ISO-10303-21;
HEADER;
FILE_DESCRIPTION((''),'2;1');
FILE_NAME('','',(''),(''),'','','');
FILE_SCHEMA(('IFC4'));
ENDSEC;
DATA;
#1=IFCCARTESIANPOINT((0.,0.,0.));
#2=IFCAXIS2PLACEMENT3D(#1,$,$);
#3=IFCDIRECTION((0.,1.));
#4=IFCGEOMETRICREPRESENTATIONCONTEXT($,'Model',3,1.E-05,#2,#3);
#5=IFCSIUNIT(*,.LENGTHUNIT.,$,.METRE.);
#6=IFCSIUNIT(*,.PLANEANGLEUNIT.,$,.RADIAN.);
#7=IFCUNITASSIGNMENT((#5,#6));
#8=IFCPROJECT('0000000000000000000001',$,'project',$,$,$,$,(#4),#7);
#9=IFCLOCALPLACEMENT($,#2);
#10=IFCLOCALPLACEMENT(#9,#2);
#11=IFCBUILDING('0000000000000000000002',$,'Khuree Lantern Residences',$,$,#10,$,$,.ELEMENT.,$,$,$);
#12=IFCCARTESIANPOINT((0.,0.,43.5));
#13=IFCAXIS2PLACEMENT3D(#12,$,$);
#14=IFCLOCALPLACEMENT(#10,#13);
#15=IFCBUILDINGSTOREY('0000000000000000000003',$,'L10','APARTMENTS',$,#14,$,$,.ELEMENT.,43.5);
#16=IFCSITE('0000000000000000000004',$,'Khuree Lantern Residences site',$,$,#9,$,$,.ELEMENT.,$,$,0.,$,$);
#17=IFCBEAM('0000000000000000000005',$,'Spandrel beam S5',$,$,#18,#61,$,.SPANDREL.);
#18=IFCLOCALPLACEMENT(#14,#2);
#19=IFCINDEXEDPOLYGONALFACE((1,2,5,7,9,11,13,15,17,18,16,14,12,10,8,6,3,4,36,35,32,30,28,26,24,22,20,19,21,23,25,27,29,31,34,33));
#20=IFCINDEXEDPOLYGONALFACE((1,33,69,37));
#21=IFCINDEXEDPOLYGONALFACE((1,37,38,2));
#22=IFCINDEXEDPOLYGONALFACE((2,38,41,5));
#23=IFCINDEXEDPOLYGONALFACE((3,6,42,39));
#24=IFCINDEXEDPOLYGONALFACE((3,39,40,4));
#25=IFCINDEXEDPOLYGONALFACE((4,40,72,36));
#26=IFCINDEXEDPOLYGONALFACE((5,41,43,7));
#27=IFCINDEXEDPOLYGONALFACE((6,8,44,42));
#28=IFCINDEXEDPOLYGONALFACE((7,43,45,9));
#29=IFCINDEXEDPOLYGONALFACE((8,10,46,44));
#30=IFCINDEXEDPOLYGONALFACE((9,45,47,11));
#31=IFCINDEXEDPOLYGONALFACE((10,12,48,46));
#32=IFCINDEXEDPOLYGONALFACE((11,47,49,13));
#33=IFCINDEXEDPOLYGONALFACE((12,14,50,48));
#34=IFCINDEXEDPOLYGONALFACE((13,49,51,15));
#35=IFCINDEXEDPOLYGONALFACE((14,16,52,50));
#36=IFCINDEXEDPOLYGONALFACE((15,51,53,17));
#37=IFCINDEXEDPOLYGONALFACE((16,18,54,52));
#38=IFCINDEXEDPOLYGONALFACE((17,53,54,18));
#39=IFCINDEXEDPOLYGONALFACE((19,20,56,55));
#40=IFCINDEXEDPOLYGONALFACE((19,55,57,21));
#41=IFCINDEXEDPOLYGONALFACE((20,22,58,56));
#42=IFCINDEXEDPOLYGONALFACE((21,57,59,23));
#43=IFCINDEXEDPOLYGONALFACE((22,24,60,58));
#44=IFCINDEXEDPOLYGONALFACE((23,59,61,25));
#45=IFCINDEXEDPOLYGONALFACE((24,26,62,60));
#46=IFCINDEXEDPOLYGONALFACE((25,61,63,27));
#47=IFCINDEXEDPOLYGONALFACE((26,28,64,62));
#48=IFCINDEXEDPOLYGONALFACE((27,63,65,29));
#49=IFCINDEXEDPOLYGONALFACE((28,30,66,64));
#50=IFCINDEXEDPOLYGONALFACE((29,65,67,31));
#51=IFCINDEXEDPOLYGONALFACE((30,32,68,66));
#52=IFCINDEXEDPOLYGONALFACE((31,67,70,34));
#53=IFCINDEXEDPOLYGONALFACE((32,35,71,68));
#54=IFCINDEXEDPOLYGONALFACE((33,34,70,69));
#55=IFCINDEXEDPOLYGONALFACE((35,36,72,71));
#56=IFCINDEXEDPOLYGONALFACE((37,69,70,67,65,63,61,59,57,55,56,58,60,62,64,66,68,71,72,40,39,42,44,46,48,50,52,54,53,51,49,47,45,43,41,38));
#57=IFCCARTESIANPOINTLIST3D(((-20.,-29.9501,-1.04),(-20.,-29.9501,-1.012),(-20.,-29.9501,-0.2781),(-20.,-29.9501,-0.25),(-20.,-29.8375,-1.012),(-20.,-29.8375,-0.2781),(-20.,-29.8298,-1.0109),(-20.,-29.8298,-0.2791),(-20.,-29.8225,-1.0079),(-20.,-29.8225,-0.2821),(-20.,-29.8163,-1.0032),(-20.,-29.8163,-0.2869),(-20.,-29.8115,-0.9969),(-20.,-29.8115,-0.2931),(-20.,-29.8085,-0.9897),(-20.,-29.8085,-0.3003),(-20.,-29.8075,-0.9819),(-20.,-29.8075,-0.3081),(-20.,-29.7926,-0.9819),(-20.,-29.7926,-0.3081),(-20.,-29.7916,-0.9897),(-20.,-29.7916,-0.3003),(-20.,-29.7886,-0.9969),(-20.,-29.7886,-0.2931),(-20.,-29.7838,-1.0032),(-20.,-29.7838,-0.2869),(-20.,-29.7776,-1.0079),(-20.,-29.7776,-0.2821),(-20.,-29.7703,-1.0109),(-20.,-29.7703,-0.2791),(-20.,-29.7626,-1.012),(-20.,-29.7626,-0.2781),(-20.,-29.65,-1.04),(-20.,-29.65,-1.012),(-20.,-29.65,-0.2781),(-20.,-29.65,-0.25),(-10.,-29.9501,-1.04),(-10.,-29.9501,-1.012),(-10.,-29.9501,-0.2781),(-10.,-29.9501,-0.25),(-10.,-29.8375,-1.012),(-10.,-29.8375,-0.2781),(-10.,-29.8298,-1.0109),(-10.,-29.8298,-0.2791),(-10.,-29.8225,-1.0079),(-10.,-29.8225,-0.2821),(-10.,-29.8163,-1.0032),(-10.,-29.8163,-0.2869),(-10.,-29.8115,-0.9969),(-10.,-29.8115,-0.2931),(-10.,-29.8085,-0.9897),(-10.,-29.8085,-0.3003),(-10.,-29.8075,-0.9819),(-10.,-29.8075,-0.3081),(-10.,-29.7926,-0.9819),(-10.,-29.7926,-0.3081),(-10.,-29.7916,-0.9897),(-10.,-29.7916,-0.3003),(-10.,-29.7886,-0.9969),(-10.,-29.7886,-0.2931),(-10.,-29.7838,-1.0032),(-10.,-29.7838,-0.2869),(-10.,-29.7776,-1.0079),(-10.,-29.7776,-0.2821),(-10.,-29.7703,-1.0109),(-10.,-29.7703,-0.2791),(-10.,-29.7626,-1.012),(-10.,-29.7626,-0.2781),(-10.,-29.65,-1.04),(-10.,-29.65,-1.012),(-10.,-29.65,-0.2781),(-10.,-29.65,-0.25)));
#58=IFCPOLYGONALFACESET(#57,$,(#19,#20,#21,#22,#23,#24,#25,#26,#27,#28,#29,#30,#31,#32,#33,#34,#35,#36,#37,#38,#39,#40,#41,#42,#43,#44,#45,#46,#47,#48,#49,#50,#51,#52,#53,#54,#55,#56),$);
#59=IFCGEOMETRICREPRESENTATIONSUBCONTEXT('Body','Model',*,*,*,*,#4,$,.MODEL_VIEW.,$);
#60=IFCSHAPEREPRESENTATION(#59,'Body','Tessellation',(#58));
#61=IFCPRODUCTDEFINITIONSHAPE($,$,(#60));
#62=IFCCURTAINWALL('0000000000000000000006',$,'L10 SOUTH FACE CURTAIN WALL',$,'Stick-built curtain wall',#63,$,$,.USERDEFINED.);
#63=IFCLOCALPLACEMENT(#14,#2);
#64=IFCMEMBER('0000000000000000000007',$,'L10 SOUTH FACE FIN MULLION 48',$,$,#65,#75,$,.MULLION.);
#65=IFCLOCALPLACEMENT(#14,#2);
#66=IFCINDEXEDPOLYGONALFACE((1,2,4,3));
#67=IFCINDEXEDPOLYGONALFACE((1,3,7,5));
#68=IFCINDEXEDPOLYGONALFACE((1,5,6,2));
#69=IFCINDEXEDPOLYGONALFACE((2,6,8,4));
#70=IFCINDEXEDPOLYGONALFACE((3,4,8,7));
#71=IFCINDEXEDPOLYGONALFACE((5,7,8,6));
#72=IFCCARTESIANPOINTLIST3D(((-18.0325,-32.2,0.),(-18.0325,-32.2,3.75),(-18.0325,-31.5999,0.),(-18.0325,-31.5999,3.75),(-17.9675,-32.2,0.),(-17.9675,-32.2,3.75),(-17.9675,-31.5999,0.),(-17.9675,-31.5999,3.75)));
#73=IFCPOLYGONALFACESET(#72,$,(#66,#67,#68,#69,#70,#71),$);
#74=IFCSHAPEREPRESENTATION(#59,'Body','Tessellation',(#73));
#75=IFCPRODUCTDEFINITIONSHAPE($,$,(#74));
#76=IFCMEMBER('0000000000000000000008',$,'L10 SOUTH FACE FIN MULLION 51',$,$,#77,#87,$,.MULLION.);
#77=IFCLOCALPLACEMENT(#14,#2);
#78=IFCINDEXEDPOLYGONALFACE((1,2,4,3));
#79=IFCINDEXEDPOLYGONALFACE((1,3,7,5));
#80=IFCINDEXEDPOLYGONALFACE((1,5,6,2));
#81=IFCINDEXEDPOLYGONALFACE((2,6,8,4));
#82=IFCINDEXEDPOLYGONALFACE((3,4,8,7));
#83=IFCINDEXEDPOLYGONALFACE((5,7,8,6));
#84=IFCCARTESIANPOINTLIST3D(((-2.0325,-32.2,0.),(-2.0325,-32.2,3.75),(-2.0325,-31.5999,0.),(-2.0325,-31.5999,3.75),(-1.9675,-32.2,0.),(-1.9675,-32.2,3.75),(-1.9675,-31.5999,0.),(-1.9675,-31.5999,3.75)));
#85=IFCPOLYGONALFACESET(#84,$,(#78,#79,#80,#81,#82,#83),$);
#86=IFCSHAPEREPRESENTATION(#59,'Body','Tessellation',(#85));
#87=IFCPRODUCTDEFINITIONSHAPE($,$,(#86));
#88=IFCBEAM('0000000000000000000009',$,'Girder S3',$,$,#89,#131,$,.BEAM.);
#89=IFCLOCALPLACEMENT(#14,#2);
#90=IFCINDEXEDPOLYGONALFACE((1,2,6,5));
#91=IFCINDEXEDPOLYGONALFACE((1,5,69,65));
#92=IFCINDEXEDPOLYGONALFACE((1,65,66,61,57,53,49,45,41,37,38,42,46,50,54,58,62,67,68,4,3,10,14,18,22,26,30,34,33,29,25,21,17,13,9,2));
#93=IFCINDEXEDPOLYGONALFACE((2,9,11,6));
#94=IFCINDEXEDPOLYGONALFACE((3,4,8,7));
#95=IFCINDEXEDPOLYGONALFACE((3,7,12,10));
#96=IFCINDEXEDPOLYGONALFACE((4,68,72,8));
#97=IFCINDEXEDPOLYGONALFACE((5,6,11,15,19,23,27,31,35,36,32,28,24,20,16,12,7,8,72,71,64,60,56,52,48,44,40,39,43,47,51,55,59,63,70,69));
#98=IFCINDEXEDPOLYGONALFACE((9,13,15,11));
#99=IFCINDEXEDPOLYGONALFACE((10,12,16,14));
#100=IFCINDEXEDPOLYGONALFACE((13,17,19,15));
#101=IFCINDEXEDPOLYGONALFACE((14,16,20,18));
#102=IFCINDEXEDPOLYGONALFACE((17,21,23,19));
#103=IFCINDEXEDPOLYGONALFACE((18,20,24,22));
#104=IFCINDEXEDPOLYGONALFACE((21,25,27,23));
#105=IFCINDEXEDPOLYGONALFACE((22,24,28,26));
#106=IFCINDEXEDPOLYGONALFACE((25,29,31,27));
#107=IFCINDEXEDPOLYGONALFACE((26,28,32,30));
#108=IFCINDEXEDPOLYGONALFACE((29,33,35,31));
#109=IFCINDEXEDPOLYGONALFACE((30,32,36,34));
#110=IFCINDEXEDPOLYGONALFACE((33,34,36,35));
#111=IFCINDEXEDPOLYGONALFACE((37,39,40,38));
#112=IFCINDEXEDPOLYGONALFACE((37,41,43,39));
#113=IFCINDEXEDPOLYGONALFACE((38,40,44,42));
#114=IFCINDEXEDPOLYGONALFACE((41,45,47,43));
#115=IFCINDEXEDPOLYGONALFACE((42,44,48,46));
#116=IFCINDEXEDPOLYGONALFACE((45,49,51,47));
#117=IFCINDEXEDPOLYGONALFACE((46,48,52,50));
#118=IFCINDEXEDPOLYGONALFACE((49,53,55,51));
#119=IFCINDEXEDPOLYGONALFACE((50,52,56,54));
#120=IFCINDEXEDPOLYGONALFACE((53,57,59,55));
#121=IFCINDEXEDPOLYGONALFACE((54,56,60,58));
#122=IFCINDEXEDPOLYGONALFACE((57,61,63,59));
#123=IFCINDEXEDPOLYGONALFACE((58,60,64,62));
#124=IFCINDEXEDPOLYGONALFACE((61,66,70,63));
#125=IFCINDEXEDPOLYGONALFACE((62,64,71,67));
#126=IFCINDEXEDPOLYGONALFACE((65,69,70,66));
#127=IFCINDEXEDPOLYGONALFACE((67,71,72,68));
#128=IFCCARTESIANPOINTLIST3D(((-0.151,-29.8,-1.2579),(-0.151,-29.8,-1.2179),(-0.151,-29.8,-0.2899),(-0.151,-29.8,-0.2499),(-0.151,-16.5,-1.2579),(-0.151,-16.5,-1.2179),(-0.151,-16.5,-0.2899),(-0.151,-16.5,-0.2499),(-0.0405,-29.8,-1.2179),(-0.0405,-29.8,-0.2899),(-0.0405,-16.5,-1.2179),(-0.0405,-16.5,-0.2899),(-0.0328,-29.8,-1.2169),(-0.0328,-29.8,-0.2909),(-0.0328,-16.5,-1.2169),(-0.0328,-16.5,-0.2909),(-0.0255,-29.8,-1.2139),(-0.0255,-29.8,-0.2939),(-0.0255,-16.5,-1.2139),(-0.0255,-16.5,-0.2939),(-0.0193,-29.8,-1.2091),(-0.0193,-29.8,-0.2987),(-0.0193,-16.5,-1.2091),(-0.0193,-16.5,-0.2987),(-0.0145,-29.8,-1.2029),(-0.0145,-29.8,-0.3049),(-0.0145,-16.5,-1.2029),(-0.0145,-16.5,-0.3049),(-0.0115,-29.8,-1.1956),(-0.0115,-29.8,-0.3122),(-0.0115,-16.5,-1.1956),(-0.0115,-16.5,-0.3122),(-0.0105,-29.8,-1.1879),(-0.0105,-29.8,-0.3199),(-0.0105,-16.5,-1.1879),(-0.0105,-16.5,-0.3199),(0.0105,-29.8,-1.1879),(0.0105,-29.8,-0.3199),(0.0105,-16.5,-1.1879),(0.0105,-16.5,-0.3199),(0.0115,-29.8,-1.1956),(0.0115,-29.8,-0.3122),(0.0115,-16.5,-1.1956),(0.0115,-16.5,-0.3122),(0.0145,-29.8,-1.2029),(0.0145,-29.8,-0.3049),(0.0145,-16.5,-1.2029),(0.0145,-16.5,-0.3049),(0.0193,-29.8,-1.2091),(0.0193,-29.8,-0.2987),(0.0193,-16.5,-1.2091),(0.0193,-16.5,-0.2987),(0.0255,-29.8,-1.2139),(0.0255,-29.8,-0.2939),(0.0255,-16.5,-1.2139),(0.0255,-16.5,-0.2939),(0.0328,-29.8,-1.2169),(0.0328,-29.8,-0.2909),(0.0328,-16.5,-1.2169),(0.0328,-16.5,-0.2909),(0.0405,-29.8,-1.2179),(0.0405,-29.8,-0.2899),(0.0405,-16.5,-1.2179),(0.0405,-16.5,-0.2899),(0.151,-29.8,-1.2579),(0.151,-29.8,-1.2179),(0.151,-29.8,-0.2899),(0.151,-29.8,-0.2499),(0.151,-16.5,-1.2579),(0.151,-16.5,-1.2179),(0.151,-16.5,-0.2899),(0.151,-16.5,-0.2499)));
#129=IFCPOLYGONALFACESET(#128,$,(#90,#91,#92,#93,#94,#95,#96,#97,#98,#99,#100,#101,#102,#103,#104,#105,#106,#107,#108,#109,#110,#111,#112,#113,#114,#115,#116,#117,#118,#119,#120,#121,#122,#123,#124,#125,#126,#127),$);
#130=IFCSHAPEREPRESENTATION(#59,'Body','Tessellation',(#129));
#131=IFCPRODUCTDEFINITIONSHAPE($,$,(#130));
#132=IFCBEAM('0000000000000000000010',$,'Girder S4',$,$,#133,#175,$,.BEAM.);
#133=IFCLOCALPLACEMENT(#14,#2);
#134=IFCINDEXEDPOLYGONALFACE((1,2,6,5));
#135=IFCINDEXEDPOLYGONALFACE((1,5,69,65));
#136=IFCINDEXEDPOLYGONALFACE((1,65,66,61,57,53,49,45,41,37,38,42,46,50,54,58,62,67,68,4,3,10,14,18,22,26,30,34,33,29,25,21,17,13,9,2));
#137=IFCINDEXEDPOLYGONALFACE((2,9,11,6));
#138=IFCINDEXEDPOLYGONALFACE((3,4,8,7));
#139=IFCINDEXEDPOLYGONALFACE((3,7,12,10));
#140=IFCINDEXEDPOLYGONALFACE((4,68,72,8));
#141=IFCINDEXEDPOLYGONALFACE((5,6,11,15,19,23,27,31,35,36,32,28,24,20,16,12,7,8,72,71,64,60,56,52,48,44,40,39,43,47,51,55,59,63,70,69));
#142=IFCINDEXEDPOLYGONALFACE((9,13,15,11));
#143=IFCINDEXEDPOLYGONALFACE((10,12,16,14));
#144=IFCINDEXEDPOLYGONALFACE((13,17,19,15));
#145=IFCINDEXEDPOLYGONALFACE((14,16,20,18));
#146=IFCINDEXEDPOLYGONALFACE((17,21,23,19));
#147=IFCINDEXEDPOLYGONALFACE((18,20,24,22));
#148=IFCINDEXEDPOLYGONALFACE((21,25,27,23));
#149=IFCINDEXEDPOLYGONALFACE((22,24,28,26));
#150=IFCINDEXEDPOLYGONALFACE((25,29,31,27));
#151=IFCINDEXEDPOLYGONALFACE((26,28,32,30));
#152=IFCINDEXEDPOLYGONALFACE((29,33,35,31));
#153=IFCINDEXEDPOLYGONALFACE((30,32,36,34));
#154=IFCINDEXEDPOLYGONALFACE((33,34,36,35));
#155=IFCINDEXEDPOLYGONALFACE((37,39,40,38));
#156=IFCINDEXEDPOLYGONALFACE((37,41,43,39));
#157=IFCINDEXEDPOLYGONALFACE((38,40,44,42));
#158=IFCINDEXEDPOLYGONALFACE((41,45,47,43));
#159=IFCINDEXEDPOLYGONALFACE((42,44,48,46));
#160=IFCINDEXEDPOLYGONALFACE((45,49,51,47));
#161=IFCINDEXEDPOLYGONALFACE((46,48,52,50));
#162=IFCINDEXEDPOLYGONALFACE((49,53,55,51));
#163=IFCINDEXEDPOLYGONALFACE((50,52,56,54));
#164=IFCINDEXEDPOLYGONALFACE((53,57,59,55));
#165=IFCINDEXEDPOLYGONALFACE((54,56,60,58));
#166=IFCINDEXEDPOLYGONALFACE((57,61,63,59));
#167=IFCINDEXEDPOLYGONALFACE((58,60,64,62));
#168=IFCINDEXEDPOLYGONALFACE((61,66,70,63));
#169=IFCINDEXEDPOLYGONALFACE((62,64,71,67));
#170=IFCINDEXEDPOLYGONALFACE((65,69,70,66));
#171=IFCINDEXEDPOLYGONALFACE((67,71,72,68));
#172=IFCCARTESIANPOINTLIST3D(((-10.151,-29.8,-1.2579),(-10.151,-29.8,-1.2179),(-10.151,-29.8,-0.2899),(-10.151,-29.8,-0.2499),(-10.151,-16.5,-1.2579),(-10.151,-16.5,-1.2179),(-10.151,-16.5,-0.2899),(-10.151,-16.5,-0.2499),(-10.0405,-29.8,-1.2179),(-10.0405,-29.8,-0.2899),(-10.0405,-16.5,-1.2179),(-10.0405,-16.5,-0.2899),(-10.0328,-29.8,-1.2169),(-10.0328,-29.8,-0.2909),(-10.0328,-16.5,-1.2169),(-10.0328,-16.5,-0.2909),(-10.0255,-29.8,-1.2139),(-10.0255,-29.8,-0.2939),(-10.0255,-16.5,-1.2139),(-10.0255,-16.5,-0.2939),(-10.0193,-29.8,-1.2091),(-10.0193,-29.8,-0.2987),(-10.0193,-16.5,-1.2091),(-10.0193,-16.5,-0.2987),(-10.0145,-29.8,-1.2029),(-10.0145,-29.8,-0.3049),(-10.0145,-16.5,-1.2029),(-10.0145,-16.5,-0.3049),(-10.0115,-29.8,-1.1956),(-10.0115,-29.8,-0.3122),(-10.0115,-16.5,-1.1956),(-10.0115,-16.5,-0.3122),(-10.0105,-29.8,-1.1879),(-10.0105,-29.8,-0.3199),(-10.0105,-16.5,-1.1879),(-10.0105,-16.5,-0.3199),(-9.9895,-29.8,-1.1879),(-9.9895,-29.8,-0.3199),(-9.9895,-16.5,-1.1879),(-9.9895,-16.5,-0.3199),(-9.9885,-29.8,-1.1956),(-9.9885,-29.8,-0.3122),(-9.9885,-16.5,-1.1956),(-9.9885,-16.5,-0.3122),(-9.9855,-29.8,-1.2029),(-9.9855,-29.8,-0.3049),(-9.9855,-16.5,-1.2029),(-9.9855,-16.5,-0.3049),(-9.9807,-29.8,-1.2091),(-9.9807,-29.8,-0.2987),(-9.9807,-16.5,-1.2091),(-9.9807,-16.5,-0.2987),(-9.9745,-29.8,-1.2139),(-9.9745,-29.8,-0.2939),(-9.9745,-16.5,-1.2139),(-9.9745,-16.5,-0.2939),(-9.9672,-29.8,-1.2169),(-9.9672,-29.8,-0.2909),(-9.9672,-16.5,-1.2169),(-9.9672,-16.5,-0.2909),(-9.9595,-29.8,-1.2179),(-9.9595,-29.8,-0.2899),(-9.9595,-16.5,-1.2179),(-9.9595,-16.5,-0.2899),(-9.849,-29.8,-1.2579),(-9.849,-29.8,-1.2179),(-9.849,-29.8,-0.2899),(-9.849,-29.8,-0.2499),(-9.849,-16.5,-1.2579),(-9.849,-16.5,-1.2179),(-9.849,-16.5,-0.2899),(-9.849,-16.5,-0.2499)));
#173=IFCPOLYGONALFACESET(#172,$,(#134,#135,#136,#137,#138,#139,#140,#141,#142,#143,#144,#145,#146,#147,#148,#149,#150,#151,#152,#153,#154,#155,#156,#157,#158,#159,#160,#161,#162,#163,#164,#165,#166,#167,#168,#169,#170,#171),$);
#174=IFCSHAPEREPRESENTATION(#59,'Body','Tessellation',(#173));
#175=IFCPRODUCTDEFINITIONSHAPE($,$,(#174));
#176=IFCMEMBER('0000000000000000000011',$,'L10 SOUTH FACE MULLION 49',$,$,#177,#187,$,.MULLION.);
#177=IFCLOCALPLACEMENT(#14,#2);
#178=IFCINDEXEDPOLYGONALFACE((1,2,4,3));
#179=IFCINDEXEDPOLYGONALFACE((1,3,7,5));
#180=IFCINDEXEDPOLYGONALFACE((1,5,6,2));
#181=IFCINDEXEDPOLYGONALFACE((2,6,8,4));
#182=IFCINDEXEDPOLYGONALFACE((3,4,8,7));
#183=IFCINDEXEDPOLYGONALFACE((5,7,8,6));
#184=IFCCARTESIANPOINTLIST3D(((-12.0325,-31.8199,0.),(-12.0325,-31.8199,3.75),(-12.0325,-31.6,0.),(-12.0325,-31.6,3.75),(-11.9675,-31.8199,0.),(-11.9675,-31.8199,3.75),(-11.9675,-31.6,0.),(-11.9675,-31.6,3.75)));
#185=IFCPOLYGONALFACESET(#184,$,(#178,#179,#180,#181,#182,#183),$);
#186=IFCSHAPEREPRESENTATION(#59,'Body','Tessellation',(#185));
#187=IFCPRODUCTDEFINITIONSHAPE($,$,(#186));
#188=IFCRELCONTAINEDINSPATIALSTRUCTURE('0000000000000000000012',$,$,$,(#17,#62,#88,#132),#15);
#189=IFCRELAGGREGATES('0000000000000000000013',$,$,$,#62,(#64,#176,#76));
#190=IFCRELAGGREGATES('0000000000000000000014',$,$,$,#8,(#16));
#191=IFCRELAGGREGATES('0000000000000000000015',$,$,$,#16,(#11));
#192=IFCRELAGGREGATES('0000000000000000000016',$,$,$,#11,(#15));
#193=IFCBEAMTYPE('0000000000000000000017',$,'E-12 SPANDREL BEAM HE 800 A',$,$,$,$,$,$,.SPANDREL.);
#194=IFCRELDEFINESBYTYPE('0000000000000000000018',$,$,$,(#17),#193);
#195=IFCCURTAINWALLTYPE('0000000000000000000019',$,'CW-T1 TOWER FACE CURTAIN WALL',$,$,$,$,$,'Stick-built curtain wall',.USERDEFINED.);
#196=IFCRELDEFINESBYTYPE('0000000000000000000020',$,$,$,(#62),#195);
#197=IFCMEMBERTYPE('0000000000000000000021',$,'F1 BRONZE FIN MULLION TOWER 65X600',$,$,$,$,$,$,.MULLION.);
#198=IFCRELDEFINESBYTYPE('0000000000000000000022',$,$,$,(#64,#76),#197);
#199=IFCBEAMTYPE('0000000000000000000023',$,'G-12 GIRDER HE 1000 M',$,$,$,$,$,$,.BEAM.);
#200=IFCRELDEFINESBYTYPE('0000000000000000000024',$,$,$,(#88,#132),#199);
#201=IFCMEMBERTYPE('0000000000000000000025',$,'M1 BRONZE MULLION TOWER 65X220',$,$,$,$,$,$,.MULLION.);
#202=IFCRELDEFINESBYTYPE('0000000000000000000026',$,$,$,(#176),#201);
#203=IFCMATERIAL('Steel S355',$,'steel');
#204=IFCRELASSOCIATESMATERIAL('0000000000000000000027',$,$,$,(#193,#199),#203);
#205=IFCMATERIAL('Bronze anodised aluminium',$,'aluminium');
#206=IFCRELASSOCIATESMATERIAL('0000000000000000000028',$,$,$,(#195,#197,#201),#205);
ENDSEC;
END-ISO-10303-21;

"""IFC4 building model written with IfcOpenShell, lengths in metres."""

from ifc_helpers import new_model, si_unit, direction, frame, origin, origin_2d, place, context, subcontext, project, spatial, rectangle, i_section, extrude, material, material_profile, profile_set, type_object, element, aggregate, save


model = new_model("IFC4")

# Units and contexts
model_context = context("Model", 3, precision=1e-05, world=origin(), true_north=direction((0.0, 1.0)))
body_context = subcontext(model_context, "Body", "Model", "MODEL_VIEW")
ifc_project = project(units=[si_unit("LENGTHUNIT", "METRE"), si_unit("PLANEANGLEUNIT", "RADIAN")], contexts=[model_context])

# Site, building, storey
site_placement = place(None, origin())
site = spatial("IfcSite", under=ifc_project, at=site_placement, Name="Khuree Lantern Residences site", CompositionType="ELEMENT", RefElevation=0.0)
building_placement = place(site_placement, origin())
building = spatial("IfcBuilding", under=site, at=building_placement, Name="Khuree Lantern Residences", CompositionType="ELEMENT")
storey_placement = place(building_placement, frame((0.0, 0.0, 43.5)))
storey = spatial("IfcBuildingStorey", under=building, at=storey_placement, Name="L10", Description="APARTMENTS", CompositionType="ELEMENT", Elevation=43.5)

# Beam
ifc_material_1 = material(Name="Steel S355", Category="steel")
ifc_material_profile_1 = material_profile(ifc_material_1, i_section(OverallWidth=0.3, OverallDepth=0.79, WebThickness=0.0149, FlangeThickness=0.0281, FilletRadius=0.03, at=origin_2d()), Name="HE 800 A")
ifc_profile_set_1 = profile_set([ifc_material_profile_1], Name="Steel S355")
beam_type_1 = type_object("IfcBeamType", Name="E-12 SPANDREL BEAM HE 800 A", PredefinedType="SPANDREL", material=ifc_profile_set_1)
for number, where, z_axis, x_axis, name in (
    (1, (-10.0, -29.8, -0.645), (-1.0, 0.0, 0.0), (0.0, -1.0, 0.0), "Spandrel beam S5"),
):
    element("IfcBeam", number, at=place(storey_placement, frame(where, z_axis=z_axis, x_axis=x_axis)), inside=storey, type_object=beam_type_1, Name=name, PredefinedType="SPANDREL", context=body_context, shape_type="SweptSolid", body=[
        extrude(i_section(OverallWidth=0.3, OverallDepth=0.79, WebThickness=0.0149, FlangeThickness=0.0281, FilletRadius=0.03, at=origin_2d()), origin(), (0.0, 0.0, 1.0), 10.0),
    ])

# Curtain wall, members
ifc_material_2 = material(Name="Bronze anodised aluminium", Category="aluminium")
curtain_wall_type = type_object("IfcCurtainWallType", Name="CW-T1 TOWER FACE CURTAIN WALL", ElementType="Stick-built curtain wall", PredefinedType="USERDEFINED", material=ifc_material_2)
curtain_wall_placement = place(storey_placement, origin())
curtain_wall = element("IfcCurtainWall", 2, at=curtain_wall_placement, inside=storey, type_object=curtain_wall_type, Name="L10 SOUTH FACE CURTAIN WALL", ObjectType="Stick-built curtain wall", PredefinedType="USERDEFINED")
ifc_material_profile_2 = material_profile(ifc_material_2, rectangle(XDim=0.0649, YDim=0.6001, at=origin_2d()), Name="F1 65X600")
ifc_profile_set_2 = profile_set([ifc_material_profile_2], Name="Bronze anodised aluminium")
member_type_1 = type_object("IfcMemberType", Name="F1 BRONZE FIN MULLION TOWER 65X600", PredefinedType="MULLION", material=ifc_profile_set_2)
member_1_placement = place(storey_placement, frame((-18.0, -31.8999, 0.0), z_axis=(0.0, 0.0, 1.0), x_axis=(1.0, 0.0, 0.0)))
member_1 = element("IfcMember", 3, at=member_1_placement, type_object=member_type_1, Name="L10 SOUTH FACE FIN MULLION 48", PredefinedType="MULLION", context=body_context, shape_type="SweptSolid", body=[
    extrude(rectangle(XDim=0.0649, YDim=0.6001, at=origin_2d()), origin(), (0.0, 0.0, 1.0), 3.75),
])
member_2_placement = place(storey_placement, frame((-2.0, -31.8999, 0.0), z_axis=(0.0, 0.0, 1.0), x_axis=(1.0, 0.0, 0.0)))
member_2 = element("IfcMember", 4, at=member_2_placement, type_object=member_type_1, Name="L10 SOUTH FACE FIN MULLION 51", PredefinedType="MULLION", context=body_context, shape_type="SweptSolid", body=[
    extrude(rectangle(XDim=0.0649, YDim=0.6001, at=origin_2d()), origin(), (0.0, 0.0, 1.0), 3.75),
])

# Beams
ifc_material_profile_3 = material_profile(ifc_material_1, i_section(OverallWidth=0.302, OverallDepth=1.0081, WebThickness=0.021, FlangeThickness=0.04, FilletRadius=0.03, at=origin_2d()), Name="HE 1000 M")
ifc_profile_set_3 = profile_set([ifc_material_profile_3], Name="Steel S355")
beam_type_2 = type_object("IfcBeamType", Name="G-12 GIRDER HE 1000 M", PredefinedType="BEAM", material=ifc_profile_set_3)
for number, where, z_axis, x_axis, name in (
    (5, (0.0, -29.8, -0.7539), (0.0, 1.0, 0.0), (-1.0, 0.0, 0.0), "Girder S3"),
    (6, (-10.0, -29.8, -0.7539), (0.0, 1.0, 0.0), (-1.0, 0.0, 0.0), "Girder S4"),
):
    element("IfcBeam", number, at=place(storey_placement, frame(where, z_axis=z_axis, x_axis=x_axis)), inside=storey, type_object=beam_type_2, Name=name, PredefinedType="BEAM", context=body_context, shape_type="SweptSolid", body=[
        extrude(i_section(OverallWidth=0.302, OverallDepth=1.0081, WebThickness=0.021, FlangeThickness=0.04, FilletRadius=0.03, at=origin_2d()), origin(), (0.0, 0.0, 1.0), 13.3),
    ])

# Member
ifc_material_profile_4 = material_profile(ifc_material_2, rectangle(XDim=0.0649, YDim=0.22, at=origin_2d()), Name="M1 65X220")
ifc_profile_set_4 = profile_set([ifc_material_profile_4], Name="Bronze anodised aluminium")
member_type_2 = type_object("IfcMemberType", Name="M1 BRONZE MULLION TOWER 65X220", PredefinedType="MULLION", material=ifc_profile_set_4)
member_3_placement = place(storey_placement, frame((-12.0, -31.71, 0.0), z_axis=(0.0, 0.0, 1.0), x_axis=(1.0, 0.0, 0.0)))
member_3 = element("IfcMember", 7, at=member_3_placement, type_object=member_type_2, Name="L10 SOUTH FACE MULLION 49", PredefinedType="MULLION", context=body_context, shape_type="SweptSolid", body=[
    extrude(rectangle(XDim=0.0649, YDim=0.22, at=origin_2d()), origin(), (0.0, 0.0, 1.0), 3.75),
])

aggregate(curtain_wall, [member_1, member_3, member_2])

save(model, "model.ifc")
